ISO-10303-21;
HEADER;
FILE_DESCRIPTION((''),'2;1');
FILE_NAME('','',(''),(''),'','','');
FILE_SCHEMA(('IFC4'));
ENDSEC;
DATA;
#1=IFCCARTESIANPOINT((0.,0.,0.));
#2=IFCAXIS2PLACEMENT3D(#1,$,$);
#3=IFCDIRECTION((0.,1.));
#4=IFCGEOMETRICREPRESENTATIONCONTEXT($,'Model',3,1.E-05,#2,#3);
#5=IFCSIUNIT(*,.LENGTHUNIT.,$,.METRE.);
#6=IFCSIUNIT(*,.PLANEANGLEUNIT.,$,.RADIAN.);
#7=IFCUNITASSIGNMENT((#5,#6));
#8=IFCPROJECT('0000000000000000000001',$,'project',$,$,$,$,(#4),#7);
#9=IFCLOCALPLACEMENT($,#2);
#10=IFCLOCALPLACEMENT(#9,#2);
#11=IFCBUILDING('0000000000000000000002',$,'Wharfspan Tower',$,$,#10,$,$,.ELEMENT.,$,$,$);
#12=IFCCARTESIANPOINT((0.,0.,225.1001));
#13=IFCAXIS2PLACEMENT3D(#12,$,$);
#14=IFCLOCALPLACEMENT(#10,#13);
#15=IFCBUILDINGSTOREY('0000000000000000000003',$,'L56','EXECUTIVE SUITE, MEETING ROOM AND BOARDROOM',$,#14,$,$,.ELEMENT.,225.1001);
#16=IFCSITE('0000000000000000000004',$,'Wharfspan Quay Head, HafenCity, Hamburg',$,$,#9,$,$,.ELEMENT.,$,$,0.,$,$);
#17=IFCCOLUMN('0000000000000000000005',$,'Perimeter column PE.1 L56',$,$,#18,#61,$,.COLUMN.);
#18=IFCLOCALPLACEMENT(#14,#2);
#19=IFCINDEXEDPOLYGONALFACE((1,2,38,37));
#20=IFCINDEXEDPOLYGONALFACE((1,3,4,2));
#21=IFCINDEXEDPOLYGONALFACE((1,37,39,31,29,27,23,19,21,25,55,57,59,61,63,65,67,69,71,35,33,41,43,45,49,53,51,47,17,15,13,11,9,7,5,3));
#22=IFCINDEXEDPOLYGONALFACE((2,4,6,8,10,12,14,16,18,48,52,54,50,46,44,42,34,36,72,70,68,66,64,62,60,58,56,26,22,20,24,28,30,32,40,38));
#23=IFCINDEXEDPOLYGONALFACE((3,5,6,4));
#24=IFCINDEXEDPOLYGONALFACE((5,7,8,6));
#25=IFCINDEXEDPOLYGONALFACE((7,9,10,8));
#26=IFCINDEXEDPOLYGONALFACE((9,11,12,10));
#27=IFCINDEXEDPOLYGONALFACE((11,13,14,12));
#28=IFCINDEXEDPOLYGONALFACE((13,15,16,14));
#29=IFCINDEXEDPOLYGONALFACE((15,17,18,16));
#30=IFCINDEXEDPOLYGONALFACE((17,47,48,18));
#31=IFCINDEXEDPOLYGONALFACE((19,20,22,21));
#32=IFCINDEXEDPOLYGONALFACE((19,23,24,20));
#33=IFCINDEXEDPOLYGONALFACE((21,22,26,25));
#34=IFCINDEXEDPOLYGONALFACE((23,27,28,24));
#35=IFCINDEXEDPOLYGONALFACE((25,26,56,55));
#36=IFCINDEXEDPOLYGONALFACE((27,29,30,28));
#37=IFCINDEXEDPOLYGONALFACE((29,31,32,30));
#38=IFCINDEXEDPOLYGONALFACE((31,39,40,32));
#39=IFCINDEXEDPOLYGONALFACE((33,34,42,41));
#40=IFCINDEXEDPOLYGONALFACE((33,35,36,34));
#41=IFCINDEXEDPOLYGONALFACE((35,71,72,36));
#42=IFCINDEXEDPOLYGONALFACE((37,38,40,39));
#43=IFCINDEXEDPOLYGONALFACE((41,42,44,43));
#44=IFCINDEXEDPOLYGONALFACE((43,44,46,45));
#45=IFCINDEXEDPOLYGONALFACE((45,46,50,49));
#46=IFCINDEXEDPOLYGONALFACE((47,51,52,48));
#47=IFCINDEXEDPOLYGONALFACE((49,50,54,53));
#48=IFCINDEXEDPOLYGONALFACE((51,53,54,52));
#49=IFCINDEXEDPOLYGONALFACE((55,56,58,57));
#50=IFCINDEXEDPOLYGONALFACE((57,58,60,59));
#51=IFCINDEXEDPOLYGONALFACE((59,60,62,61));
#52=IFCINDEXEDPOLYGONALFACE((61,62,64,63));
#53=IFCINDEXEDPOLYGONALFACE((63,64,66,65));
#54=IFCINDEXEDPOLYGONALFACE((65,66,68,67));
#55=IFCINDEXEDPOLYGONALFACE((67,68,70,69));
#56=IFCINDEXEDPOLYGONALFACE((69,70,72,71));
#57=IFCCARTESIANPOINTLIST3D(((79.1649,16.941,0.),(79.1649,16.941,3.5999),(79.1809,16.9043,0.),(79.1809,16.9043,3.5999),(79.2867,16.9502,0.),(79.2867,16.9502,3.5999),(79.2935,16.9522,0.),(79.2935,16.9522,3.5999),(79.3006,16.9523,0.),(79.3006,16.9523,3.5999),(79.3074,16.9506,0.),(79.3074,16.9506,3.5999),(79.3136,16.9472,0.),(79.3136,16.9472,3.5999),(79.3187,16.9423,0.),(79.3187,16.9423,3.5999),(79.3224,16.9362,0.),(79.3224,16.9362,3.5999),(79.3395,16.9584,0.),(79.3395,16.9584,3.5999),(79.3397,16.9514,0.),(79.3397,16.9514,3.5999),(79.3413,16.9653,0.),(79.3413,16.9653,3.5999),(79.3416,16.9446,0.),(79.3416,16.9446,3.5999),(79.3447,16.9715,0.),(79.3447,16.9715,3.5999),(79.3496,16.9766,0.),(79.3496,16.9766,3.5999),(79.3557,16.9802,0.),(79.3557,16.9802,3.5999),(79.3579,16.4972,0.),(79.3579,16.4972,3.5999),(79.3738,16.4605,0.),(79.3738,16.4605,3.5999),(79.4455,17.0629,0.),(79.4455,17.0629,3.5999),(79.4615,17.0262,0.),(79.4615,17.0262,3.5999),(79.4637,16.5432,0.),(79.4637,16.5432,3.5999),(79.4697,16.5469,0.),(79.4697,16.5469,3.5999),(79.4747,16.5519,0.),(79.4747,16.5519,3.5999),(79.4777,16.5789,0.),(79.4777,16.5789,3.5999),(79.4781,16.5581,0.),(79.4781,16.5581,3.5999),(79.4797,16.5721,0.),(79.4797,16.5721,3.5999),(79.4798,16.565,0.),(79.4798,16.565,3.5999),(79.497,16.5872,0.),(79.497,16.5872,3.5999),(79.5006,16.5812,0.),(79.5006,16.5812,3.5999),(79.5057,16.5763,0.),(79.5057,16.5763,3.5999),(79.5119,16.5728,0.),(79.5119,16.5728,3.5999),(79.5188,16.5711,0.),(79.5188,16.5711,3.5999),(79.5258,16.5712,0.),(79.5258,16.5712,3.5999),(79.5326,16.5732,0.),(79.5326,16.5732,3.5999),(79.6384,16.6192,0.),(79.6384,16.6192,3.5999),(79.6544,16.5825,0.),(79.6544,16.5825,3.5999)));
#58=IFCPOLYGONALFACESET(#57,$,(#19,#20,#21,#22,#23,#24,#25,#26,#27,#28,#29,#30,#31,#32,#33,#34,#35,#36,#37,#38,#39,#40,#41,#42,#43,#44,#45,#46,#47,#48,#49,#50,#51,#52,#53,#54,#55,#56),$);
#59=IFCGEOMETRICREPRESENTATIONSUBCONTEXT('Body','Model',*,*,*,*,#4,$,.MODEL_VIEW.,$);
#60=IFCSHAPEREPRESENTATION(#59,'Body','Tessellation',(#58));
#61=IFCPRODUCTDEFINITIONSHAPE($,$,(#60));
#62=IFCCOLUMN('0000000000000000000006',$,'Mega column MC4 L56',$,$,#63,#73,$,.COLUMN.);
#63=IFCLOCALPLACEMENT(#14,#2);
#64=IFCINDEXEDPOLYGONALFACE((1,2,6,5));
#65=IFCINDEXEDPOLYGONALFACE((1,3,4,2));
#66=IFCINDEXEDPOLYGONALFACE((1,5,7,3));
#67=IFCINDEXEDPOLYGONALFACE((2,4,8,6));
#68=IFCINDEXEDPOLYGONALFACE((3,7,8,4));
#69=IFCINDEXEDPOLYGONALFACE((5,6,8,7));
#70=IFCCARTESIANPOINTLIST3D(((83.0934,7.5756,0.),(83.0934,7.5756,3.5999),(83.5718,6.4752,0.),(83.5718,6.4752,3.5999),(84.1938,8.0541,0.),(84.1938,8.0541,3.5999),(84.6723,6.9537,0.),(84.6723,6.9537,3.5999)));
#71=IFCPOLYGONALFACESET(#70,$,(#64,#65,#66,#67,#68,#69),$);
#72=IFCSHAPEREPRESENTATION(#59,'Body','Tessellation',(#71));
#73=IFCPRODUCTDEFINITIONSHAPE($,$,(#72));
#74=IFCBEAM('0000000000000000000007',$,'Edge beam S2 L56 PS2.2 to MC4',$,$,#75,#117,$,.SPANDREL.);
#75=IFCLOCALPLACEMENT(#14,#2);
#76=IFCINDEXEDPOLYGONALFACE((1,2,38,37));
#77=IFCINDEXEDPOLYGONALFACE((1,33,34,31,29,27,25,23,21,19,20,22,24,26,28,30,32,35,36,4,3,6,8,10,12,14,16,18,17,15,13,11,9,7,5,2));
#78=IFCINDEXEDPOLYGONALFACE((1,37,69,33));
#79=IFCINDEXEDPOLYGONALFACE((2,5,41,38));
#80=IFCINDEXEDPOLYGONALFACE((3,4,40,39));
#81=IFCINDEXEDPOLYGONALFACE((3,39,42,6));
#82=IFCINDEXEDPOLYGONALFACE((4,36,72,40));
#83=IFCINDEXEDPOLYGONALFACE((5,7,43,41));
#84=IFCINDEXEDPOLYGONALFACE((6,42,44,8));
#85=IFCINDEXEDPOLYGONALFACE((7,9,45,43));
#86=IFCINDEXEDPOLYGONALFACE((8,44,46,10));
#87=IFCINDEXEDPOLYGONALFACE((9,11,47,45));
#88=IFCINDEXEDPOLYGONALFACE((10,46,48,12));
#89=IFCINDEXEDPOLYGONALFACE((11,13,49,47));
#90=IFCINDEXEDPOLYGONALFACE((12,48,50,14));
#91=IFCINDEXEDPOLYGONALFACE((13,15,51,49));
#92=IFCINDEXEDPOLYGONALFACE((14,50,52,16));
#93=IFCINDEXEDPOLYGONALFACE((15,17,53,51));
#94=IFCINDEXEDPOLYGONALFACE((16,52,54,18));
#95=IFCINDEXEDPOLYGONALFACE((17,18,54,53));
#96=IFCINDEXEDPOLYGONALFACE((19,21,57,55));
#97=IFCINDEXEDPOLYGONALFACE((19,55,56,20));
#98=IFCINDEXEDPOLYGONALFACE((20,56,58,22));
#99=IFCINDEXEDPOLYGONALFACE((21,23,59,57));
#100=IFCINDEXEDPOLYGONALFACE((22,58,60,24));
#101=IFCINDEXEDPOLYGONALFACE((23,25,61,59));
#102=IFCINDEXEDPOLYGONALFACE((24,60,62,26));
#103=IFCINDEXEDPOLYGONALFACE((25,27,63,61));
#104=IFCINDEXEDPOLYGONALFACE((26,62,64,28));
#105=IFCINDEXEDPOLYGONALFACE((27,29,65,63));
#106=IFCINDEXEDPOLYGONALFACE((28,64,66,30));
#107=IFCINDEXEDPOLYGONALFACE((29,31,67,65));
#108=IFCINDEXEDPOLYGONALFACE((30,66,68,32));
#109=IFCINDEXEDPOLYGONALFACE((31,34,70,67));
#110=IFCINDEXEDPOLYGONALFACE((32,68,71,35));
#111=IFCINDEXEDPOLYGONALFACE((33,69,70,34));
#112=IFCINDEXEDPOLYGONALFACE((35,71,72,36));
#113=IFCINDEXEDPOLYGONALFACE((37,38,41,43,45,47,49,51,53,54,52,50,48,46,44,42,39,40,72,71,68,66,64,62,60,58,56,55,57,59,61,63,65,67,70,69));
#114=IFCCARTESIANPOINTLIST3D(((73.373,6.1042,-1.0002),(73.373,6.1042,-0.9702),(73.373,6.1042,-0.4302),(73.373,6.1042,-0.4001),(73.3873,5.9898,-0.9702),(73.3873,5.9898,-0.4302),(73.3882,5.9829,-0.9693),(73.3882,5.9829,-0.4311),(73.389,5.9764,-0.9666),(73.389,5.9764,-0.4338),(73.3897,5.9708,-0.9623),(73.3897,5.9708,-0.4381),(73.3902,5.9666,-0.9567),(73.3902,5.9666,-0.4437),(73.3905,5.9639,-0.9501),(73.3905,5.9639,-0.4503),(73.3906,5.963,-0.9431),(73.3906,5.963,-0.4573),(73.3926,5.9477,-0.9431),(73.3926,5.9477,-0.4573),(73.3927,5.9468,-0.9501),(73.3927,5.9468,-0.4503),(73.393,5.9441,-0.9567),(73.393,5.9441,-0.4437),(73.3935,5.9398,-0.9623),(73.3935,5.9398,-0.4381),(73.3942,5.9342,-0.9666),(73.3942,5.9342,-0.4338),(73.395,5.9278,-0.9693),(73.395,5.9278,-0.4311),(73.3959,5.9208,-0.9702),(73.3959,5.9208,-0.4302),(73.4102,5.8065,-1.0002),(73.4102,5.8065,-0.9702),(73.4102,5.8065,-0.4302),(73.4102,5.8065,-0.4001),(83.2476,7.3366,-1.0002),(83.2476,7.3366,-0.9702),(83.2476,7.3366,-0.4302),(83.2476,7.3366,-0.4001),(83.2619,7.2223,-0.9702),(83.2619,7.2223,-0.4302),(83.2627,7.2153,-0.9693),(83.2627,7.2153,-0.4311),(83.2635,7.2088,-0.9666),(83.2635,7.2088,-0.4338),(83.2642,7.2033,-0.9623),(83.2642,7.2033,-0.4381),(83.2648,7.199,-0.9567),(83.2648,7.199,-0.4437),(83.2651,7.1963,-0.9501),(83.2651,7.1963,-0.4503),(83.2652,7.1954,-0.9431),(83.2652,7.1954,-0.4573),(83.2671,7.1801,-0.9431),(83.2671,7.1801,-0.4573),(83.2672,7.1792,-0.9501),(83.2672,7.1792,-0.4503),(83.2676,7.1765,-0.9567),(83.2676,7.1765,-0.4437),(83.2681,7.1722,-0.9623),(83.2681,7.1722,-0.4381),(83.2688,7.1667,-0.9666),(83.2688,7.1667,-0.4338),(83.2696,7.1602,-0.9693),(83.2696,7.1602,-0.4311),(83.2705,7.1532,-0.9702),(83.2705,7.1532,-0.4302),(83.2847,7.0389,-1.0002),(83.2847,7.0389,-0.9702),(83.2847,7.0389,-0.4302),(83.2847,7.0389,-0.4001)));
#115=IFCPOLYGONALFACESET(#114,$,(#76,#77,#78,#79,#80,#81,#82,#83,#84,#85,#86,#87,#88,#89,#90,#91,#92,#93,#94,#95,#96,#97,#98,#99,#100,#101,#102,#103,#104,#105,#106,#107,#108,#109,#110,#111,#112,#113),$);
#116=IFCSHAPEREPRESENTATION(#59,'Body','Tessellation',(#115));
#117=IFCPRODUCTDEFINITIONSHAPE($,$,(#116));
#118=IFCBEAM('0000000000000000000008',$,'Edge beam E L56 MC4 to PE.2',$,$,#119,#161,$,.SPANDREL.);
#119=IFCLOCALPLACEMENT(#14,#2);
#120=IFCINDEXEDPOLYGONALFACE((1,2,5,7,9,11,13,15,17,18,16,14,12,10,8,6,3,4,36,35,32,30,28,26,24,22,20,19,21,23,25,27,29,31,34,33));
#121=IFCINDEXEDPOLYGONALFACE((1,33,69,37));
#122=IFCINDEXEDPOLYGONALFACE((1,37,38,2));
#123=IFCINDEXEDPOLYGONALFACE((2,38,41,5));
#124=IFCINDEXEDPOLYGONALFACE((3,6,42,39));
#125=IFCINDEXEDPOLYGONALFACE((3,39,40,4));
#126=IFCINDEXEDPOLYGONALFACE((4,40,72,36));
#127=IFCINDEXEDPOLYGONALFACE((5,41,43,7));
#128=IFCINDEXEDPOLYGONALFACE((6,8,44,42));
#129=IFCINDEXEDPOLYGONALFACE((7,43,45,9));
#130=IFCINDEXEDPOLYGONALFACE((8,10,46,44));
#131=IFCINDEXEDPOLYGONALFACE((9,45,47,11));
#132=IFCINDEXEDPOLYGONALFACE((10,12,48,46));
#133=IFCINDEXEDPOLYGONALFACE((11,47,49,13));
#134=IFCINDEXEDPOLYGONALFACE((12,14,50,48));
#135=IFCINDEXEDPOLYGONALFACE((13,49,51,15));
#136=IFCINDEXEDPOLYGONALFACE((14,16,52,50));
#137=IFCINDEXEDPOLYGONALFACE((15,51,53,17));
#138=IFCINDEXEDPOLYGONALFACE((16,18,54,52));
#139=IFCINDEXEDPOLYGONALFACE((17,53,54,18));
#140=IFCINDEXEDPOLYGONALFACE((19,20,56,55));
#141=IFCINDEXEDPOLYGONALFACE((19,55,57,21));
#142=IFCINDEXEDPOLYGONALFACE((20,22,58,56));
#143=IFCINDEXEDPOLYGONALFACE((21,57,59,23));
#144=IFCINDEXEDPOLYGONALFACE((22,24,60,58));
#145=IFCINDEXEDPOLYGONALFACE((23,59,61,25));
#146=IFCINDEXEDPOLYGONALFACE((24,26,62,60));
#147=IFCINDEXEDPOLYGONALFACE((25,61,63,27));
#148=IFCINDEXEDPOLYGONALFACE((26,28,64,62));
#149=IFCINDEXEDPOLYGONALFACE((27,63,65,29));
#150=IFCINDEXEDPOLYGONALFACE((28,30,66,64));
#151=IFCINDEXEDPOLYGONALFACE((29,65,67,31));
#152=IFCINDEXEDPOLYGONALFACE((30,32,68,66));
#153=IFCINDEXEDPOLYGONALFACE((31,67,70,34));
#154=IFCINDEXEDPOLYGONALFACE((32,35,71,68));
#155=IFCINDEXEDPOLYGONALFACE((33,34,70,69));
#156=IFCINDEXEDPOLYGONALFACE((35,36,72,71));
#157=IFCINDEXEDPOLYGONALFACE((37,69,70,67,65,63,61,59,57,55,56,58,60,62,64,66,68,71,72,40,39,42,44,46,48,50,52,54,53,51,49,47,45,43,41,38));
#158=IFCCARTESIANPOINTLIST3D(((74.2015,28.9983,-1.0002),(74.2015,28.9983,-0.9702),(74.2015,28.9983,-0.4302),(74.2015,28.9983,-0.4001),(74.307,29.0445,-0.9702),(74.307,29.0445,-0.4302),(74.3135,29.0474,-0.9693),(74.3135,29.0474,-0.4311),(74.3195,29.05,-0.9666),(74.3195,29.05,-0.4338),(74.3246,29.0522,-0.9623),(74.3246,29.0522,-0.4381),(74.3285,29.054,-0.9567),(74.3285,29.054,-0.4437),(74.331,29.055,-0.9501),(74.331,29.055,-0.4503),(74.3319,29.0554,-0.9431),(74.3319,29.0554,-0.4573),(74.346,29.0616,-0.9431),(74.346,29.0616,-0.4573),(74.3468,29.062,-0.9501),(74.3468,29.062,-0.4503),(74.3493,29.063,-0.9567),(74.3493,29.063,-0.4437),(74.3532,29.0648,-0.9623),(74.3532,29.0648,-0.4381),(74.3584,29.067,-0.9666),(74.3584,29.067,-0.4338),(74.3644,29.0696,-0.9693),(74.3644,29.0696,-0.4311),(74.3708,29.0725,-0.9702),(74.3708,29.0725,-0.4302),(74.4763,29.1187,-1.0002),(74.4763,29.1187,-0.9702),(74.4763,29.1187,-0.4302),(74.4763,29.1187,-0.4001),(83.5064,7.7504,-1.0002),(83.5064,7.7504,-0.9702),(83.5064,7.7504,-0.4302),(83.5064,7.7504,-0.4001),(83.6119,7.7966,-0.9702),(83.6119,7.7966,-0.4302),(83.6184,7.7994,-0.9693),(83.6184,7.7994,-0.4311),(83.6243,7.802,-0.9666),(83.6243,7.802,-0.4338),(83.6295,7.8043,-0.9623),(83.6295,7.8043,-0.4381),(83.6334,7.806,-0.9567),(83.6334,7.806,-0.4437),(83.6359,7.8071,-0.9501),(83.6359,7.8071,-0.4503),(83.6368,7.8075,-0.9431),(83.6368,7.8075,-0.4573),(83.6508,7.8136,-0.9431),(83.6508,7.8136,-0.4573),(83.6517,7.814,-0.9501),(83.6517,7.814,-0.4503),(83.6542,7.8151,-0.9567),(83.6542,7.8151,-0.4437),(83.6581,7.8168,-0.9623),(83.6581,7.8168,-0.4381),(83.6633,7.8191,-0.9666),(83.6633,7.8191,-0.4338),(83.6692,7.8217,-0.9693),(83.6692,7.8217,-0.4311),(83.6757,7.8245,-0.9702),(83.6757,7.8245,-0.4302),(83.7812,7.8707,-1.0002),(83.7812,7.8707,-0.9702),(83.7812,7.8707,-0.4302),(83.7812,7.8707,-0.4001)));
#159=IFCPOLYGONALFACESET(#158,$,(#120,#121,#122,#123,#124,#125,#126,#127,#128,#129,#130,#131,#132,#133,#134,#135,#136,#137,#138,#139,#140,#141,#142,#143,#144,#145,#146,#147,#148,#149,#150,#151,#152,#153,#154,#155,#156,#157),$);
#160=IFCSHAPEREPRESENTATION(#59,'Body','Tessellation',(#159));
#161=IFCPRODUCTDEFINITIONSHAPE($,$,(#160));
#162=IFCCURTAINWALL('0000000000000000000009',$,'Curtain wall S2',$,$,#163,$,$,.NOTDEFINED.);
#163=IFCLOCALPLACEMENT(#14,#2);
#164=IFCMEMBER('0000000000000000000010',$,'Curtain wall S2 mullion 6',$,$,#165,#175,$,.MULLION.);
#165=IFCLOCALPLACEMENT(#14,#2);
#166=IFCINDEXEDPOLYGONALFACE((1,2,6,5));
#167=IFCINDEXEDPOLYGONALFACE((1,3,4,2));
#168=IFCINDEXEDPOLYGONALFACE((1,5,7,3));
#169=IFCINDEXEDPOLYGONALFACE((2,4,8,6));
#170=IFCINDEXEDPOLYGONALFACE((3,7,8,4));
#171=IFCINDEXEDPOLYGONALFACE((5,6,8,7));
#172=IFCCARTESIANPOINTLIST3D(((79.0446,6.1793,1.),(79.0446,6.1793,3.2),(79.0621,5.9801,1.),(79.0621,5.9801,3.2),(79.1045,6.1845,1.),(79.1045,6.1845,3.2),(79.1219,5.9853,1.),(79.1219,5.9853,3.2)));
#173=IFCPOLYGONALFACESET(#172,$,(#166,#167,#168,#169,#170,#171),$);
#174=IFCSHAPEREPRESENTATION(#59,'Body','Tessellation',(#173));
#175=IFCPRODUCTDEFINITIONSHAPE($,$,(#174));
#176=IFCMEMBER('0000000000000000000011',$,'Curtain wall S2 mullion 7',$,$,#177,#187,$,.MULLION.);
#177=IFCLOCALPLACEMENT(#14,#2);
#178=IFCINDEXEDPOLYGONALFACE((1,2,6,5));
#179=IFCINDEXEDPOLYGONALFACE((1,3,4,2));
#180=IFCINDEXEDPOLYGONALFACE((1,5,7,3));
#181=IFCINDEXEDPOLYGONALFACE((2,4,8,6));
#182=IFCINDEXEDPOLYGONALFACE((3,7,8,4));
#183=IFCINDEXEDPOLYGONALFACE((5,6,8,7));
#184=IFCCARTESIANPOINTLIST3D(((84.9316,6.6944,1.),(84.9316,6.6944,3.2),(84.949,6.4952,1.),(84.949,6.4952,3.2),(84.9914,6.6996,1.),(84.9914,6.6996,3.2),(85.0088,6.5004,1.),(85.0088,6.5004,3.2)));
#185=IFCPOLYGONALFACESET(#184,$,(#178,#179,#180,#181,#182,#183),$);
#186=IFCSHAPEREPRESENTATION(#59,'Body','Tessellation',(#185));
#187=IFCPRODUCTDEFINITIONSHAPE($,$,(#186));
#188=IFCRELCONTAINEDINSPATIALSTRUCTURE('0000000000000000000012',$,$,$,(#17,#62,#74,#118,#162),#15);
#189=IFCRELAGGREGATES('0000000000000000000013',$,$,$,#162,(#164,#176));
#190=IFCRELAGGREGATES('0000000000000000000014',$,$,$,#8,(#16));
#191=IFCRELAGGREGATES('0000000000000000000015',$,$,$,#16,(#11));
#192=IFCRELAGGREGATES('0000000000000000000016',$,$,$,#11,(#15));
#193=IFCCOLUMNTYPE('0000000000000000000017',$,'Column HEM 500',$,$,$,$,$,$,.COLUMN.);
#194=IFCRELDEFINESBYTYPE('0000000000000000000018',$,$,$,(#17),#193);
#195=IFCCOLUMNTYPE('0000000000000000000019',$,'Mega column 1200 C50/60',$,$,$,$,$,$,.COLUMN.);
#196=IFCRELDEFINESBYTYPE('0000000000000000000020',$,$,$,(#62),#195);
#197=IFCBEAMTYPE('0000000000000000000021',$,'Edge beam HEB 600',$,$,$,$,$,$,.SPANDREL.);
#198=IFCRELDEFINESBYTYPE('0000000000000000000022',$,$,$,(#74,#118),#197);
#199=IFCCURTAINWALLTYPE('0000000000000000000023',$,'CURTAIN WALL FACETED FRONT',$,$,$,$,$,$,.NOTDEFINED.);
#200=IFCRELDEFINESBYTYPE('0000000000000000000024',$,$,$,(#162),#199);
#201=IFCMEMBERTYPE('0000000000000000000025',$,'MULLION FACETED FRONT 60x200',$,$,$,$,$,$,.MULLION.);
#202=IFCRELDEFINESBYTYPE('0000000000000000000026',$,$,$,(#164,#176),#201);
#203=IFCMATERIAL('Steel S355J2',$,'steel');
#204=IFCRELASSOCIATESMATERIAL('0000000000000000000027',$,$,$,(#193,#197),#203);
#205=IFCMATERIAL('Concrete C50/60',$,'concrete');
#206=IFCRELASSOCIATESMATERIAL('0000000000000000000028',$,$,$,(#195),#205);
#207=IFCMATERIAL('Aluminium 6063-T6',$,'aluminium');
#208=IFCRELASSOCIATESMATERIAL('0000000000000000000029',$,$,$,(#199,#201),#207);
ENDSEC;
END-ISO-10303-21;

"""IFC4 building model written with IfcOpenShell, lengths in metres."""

from ifc_helpers import new_model, si_unit, direction, frame, origin, origin_2d, place, context, subcontext, project, spatial, rectangle, i_section, extrude, material, material_profile, profile_set, type_object, element, aggregate, save


model = new_model("IFC4")

# Units and contexts
model_context = context("Model", 3, precision=1e-05, world=origin(), true_north=direction((0.0, 1.0)))
body_context = subcontext(model_context, "Body", "Model", "MODEL_VIEW")
ifc_project = project(units=[si_unit("LENGTHUNIT", "METRE"), si_unit("PLANEANGLEUNIT", "RADIAN")], contexts=[model_context])

# Site, building, storey
site_placement = place(None, origin())
site = spatial("IfcSite", under=ifc_project, at=site_placement, Name="Wharfspan Quay Head, HafenCity, Hamburg", CompositionType="ELEMENT", RefElevation=0.0)
building_placement = place(site_placement, origin())
building = spatial("IfcBuilding", under=site, at=building_placement, Name="Wharfspan Tower", CompositionType="ELEMENT")
storey_placement = place(building_placement, frame((0.0, 0.0, 225.1001)))
storey = spatial("IfcBuildingStorey", under=building, at=storey_placement, Name="L56", Description="EXECUTIVE SUITE, MEETING ROOM AND BOARDROOM", CompositionType="ELEMENT", Elevation=225.1001)

# Columns
ifc_material_1 = material(Name="Steel S355J2", Category="steel")
ifc_material_profile_1 = material_profile(ifc_material_1, i_section(OverallWidth=0.3059, OverallDepth=0.5239, WebThickness=0.021, FlangeThickness=0.04, FilletRadius=0.0271, at=origin_2d()))
ifc_profile_set_1 = profile_set([ifc_material_profile_1], Name="Steel S355J2")
column_type_1 = type_object("IfcColumnType", Name="Column HEM 500", PredefinedType="COLUMN", material=ifc_profile_set_1)
column_1_placement = place(storey_placement, frame((79.4097, 16.7617, 0.0), z_axis=(0.0, 0.0, 1.0), x_axis=(0.917072, 0.398727, 0.0)))
element("IfcColumn", 1, at=column_1_placement, inside=storey, type_object=column_type_1, Name="Perimeter column PE.1 L56", PredefinedType="COLUMN", context=body_context, shape_type="SweptSolid", body=[
    extrude(i_section(OverallWidth=0.3059, OverallDepth=0.5239, WebThickness=0.021, FlangeThickness=0.04, FilletRadius=0.0271, at=origin_2d()), origin(), (0.0, 0.0, 1.0), 3.5999),
])
ifc_material_2 = material(Name="Concrete C50/60", Category="concrete")
ifc_material_profile_2 = material_profile(ifc_material_2, rectangle(XDim=1.2, YDim=1.2, at=origin_2d()))
ifc_profile_set_2 = profile_set([ifc_material_profile_2], Name="Concrete C50/60")
column_type_2 = type_object("IfcColumnType", Name="Mega column 1200 C50/60", PredefinedType="COLUMN", material=ifc_profile_set_2)
column_2_placement = place(storey_placement, frame((83.8828, 7.2646, 0.0), z_axis=(0.0, 0.0, 1.0), x_axis=(-0.398727, 0.917072, 0.0)))
element("IfcColumn", 2, at=column_2_placement, inside=storey, type_object=column_type_2, Name="Mega column MC4 L56", PredefinedType="COLUMN", context=body_context, shape_type="SweptSolid", body=[
    extrude(rectangle(XDim=1.2, YDim=1.2, at=origin_2d()), origin(), (0.0, 0.0, 1.0), 3.5999),
])

# Beams
ifc_material_profile_3 = material_profile(ifc_material_1, i_section(OverallWidth=0.3, OverallDepth=0.6001, WebThickness=0.0154, FlangeThickness=0.03, FilletRadius=0.0271, at=origin_2d()))
ifc_profile_set_3 = profile_set([ifc_material_profile_3], Name="Steel S355J2")
beam_type = type_object("IfcBeamType", Name="Edge beam HEB 600", PredefinedType="SPANDREL", material=ifc_profile_set_3)
beam_1_placement = place(storey_placement, frame((73.3916, 5.9553, -0.7002), z_axis=(0.992301, 0.123848, 0.0), x_axis=(-0.123848, 0.992301, 0.0)))
element("IfcBeam", 3, at=beam_1_placement, inside=storey, type_object=beam_type, Name="Edge beam S2 L56 PS2.2 to MC4", PredefinedType="SPANDREL", context=body_context, shape_type="SweptSolid", body=[
    extrude(i_section(OverallWidth=0.3, OverallDepth=0.6001, WebThickness=0.0154, FlangeThickness=0.03, FilletRadius=0.0271, at=origin_2d()), origin(), (0.0, 0.0, 1.0), 9.9512),
])
beam_2_placement = place(storey_placement, frame((83.6438, 7.8105, -0.7002), z_axis=(-0.401141, 0.916016, 0.0), x_axis=(-0.916016, -0.401141, 0.0)))
element("IfcBeam", 4, at=beam_2_placement, inside=storey, type_object=beam_type, Name="Edge beam E L56 MC4 to PE.2", PredefinedType="SPANDREL", context=body_context, shape_type="SweptSolid", body=[
    extrude(i_section(OverallWidth=0.3, OverallDepth=0.6001, WebThickness=0.0154, FlangeThickness=0.03, FilletRadius=0.0271, at=origin_2d()), origin(), (0.0, 0.0, 1.0), 23.196),
])

# Curtain wall, members
ifc_material_3 = material(Name="Aluminium 6063-T6", Category="aluminium")
curtain_wall_type_1 = type_object("IfcCurtainWallType", Name="CURTAIN WALL FACETED FRONT", PredefinedType="NOTDEFINED", material=ifc_material_3)
curtain_wall_1_placement = place(storey_placement, origin())
curtain_wall_1 = element("IfcCurtainWall", 5, at=curtain_wall_1_placement, inside=storey, type_object=curtain_wall_type_1, Name="Curtain wall S2", PredefinedType="NOTDEFINED")
ifc_material_profile_4 = material_profile(ifc_material_3, rectangle(XDim=0.2, YDim=0.0601, at=origin_2d()))
ifc_profile_set_4 = profile_set([ifc_material_profile_4], Name="Aluminium 6063-T6")
member_type_1 = type_object("IfcMemberType", Name="MULLION FACETED FRONT 60x200", PredefinedType="MULLION", material=ifc_profile_set_4)
member_1_placement = place(storey_placement, frame((79.0833, 6.0823, 1.0), z_axis=(0.0, 0.0, 1.0), x_axis=(-0.087156, 0.996197, 0.0)))
member_1 = element("IfcMember", 6, at=member_1_placement, type_object=member_type_1, Name="Curtain wall S2 mullion 6", PredefinedType="MULLION", context=body_context, shape_type="SweptSolid", body=[
    extrude(rectangle(XDim=0.2, YDim=0.0601, at=origin_2d()), origin(), (0.0, 0.0, 1.0), 2.2),
])
member_2_placement = place(storey_placement, frame((84.9702, 6.5974, 1.0), z_axis=(0.0, 0.0, 1.0), x_axis=(-0.087156, 0.996197, 0.0)))
member_2 = element("IfcMember", 7, at=member_2_placement, type_object=member_type_1, Name="Curtain wall S2 mullion 7", PredefinedType="MULLION", context=body_context, shape_type="SweptSolid", body=[
    extrude(rectangle(XDim=0.2, YDim=0.0601, at=origin_2d()), origin(), (0.0, 0.0, 1.0), 2.2),
])

aggregate(curtain_wall_1, [member_1, member_2])

save(model, "model.ifc")
